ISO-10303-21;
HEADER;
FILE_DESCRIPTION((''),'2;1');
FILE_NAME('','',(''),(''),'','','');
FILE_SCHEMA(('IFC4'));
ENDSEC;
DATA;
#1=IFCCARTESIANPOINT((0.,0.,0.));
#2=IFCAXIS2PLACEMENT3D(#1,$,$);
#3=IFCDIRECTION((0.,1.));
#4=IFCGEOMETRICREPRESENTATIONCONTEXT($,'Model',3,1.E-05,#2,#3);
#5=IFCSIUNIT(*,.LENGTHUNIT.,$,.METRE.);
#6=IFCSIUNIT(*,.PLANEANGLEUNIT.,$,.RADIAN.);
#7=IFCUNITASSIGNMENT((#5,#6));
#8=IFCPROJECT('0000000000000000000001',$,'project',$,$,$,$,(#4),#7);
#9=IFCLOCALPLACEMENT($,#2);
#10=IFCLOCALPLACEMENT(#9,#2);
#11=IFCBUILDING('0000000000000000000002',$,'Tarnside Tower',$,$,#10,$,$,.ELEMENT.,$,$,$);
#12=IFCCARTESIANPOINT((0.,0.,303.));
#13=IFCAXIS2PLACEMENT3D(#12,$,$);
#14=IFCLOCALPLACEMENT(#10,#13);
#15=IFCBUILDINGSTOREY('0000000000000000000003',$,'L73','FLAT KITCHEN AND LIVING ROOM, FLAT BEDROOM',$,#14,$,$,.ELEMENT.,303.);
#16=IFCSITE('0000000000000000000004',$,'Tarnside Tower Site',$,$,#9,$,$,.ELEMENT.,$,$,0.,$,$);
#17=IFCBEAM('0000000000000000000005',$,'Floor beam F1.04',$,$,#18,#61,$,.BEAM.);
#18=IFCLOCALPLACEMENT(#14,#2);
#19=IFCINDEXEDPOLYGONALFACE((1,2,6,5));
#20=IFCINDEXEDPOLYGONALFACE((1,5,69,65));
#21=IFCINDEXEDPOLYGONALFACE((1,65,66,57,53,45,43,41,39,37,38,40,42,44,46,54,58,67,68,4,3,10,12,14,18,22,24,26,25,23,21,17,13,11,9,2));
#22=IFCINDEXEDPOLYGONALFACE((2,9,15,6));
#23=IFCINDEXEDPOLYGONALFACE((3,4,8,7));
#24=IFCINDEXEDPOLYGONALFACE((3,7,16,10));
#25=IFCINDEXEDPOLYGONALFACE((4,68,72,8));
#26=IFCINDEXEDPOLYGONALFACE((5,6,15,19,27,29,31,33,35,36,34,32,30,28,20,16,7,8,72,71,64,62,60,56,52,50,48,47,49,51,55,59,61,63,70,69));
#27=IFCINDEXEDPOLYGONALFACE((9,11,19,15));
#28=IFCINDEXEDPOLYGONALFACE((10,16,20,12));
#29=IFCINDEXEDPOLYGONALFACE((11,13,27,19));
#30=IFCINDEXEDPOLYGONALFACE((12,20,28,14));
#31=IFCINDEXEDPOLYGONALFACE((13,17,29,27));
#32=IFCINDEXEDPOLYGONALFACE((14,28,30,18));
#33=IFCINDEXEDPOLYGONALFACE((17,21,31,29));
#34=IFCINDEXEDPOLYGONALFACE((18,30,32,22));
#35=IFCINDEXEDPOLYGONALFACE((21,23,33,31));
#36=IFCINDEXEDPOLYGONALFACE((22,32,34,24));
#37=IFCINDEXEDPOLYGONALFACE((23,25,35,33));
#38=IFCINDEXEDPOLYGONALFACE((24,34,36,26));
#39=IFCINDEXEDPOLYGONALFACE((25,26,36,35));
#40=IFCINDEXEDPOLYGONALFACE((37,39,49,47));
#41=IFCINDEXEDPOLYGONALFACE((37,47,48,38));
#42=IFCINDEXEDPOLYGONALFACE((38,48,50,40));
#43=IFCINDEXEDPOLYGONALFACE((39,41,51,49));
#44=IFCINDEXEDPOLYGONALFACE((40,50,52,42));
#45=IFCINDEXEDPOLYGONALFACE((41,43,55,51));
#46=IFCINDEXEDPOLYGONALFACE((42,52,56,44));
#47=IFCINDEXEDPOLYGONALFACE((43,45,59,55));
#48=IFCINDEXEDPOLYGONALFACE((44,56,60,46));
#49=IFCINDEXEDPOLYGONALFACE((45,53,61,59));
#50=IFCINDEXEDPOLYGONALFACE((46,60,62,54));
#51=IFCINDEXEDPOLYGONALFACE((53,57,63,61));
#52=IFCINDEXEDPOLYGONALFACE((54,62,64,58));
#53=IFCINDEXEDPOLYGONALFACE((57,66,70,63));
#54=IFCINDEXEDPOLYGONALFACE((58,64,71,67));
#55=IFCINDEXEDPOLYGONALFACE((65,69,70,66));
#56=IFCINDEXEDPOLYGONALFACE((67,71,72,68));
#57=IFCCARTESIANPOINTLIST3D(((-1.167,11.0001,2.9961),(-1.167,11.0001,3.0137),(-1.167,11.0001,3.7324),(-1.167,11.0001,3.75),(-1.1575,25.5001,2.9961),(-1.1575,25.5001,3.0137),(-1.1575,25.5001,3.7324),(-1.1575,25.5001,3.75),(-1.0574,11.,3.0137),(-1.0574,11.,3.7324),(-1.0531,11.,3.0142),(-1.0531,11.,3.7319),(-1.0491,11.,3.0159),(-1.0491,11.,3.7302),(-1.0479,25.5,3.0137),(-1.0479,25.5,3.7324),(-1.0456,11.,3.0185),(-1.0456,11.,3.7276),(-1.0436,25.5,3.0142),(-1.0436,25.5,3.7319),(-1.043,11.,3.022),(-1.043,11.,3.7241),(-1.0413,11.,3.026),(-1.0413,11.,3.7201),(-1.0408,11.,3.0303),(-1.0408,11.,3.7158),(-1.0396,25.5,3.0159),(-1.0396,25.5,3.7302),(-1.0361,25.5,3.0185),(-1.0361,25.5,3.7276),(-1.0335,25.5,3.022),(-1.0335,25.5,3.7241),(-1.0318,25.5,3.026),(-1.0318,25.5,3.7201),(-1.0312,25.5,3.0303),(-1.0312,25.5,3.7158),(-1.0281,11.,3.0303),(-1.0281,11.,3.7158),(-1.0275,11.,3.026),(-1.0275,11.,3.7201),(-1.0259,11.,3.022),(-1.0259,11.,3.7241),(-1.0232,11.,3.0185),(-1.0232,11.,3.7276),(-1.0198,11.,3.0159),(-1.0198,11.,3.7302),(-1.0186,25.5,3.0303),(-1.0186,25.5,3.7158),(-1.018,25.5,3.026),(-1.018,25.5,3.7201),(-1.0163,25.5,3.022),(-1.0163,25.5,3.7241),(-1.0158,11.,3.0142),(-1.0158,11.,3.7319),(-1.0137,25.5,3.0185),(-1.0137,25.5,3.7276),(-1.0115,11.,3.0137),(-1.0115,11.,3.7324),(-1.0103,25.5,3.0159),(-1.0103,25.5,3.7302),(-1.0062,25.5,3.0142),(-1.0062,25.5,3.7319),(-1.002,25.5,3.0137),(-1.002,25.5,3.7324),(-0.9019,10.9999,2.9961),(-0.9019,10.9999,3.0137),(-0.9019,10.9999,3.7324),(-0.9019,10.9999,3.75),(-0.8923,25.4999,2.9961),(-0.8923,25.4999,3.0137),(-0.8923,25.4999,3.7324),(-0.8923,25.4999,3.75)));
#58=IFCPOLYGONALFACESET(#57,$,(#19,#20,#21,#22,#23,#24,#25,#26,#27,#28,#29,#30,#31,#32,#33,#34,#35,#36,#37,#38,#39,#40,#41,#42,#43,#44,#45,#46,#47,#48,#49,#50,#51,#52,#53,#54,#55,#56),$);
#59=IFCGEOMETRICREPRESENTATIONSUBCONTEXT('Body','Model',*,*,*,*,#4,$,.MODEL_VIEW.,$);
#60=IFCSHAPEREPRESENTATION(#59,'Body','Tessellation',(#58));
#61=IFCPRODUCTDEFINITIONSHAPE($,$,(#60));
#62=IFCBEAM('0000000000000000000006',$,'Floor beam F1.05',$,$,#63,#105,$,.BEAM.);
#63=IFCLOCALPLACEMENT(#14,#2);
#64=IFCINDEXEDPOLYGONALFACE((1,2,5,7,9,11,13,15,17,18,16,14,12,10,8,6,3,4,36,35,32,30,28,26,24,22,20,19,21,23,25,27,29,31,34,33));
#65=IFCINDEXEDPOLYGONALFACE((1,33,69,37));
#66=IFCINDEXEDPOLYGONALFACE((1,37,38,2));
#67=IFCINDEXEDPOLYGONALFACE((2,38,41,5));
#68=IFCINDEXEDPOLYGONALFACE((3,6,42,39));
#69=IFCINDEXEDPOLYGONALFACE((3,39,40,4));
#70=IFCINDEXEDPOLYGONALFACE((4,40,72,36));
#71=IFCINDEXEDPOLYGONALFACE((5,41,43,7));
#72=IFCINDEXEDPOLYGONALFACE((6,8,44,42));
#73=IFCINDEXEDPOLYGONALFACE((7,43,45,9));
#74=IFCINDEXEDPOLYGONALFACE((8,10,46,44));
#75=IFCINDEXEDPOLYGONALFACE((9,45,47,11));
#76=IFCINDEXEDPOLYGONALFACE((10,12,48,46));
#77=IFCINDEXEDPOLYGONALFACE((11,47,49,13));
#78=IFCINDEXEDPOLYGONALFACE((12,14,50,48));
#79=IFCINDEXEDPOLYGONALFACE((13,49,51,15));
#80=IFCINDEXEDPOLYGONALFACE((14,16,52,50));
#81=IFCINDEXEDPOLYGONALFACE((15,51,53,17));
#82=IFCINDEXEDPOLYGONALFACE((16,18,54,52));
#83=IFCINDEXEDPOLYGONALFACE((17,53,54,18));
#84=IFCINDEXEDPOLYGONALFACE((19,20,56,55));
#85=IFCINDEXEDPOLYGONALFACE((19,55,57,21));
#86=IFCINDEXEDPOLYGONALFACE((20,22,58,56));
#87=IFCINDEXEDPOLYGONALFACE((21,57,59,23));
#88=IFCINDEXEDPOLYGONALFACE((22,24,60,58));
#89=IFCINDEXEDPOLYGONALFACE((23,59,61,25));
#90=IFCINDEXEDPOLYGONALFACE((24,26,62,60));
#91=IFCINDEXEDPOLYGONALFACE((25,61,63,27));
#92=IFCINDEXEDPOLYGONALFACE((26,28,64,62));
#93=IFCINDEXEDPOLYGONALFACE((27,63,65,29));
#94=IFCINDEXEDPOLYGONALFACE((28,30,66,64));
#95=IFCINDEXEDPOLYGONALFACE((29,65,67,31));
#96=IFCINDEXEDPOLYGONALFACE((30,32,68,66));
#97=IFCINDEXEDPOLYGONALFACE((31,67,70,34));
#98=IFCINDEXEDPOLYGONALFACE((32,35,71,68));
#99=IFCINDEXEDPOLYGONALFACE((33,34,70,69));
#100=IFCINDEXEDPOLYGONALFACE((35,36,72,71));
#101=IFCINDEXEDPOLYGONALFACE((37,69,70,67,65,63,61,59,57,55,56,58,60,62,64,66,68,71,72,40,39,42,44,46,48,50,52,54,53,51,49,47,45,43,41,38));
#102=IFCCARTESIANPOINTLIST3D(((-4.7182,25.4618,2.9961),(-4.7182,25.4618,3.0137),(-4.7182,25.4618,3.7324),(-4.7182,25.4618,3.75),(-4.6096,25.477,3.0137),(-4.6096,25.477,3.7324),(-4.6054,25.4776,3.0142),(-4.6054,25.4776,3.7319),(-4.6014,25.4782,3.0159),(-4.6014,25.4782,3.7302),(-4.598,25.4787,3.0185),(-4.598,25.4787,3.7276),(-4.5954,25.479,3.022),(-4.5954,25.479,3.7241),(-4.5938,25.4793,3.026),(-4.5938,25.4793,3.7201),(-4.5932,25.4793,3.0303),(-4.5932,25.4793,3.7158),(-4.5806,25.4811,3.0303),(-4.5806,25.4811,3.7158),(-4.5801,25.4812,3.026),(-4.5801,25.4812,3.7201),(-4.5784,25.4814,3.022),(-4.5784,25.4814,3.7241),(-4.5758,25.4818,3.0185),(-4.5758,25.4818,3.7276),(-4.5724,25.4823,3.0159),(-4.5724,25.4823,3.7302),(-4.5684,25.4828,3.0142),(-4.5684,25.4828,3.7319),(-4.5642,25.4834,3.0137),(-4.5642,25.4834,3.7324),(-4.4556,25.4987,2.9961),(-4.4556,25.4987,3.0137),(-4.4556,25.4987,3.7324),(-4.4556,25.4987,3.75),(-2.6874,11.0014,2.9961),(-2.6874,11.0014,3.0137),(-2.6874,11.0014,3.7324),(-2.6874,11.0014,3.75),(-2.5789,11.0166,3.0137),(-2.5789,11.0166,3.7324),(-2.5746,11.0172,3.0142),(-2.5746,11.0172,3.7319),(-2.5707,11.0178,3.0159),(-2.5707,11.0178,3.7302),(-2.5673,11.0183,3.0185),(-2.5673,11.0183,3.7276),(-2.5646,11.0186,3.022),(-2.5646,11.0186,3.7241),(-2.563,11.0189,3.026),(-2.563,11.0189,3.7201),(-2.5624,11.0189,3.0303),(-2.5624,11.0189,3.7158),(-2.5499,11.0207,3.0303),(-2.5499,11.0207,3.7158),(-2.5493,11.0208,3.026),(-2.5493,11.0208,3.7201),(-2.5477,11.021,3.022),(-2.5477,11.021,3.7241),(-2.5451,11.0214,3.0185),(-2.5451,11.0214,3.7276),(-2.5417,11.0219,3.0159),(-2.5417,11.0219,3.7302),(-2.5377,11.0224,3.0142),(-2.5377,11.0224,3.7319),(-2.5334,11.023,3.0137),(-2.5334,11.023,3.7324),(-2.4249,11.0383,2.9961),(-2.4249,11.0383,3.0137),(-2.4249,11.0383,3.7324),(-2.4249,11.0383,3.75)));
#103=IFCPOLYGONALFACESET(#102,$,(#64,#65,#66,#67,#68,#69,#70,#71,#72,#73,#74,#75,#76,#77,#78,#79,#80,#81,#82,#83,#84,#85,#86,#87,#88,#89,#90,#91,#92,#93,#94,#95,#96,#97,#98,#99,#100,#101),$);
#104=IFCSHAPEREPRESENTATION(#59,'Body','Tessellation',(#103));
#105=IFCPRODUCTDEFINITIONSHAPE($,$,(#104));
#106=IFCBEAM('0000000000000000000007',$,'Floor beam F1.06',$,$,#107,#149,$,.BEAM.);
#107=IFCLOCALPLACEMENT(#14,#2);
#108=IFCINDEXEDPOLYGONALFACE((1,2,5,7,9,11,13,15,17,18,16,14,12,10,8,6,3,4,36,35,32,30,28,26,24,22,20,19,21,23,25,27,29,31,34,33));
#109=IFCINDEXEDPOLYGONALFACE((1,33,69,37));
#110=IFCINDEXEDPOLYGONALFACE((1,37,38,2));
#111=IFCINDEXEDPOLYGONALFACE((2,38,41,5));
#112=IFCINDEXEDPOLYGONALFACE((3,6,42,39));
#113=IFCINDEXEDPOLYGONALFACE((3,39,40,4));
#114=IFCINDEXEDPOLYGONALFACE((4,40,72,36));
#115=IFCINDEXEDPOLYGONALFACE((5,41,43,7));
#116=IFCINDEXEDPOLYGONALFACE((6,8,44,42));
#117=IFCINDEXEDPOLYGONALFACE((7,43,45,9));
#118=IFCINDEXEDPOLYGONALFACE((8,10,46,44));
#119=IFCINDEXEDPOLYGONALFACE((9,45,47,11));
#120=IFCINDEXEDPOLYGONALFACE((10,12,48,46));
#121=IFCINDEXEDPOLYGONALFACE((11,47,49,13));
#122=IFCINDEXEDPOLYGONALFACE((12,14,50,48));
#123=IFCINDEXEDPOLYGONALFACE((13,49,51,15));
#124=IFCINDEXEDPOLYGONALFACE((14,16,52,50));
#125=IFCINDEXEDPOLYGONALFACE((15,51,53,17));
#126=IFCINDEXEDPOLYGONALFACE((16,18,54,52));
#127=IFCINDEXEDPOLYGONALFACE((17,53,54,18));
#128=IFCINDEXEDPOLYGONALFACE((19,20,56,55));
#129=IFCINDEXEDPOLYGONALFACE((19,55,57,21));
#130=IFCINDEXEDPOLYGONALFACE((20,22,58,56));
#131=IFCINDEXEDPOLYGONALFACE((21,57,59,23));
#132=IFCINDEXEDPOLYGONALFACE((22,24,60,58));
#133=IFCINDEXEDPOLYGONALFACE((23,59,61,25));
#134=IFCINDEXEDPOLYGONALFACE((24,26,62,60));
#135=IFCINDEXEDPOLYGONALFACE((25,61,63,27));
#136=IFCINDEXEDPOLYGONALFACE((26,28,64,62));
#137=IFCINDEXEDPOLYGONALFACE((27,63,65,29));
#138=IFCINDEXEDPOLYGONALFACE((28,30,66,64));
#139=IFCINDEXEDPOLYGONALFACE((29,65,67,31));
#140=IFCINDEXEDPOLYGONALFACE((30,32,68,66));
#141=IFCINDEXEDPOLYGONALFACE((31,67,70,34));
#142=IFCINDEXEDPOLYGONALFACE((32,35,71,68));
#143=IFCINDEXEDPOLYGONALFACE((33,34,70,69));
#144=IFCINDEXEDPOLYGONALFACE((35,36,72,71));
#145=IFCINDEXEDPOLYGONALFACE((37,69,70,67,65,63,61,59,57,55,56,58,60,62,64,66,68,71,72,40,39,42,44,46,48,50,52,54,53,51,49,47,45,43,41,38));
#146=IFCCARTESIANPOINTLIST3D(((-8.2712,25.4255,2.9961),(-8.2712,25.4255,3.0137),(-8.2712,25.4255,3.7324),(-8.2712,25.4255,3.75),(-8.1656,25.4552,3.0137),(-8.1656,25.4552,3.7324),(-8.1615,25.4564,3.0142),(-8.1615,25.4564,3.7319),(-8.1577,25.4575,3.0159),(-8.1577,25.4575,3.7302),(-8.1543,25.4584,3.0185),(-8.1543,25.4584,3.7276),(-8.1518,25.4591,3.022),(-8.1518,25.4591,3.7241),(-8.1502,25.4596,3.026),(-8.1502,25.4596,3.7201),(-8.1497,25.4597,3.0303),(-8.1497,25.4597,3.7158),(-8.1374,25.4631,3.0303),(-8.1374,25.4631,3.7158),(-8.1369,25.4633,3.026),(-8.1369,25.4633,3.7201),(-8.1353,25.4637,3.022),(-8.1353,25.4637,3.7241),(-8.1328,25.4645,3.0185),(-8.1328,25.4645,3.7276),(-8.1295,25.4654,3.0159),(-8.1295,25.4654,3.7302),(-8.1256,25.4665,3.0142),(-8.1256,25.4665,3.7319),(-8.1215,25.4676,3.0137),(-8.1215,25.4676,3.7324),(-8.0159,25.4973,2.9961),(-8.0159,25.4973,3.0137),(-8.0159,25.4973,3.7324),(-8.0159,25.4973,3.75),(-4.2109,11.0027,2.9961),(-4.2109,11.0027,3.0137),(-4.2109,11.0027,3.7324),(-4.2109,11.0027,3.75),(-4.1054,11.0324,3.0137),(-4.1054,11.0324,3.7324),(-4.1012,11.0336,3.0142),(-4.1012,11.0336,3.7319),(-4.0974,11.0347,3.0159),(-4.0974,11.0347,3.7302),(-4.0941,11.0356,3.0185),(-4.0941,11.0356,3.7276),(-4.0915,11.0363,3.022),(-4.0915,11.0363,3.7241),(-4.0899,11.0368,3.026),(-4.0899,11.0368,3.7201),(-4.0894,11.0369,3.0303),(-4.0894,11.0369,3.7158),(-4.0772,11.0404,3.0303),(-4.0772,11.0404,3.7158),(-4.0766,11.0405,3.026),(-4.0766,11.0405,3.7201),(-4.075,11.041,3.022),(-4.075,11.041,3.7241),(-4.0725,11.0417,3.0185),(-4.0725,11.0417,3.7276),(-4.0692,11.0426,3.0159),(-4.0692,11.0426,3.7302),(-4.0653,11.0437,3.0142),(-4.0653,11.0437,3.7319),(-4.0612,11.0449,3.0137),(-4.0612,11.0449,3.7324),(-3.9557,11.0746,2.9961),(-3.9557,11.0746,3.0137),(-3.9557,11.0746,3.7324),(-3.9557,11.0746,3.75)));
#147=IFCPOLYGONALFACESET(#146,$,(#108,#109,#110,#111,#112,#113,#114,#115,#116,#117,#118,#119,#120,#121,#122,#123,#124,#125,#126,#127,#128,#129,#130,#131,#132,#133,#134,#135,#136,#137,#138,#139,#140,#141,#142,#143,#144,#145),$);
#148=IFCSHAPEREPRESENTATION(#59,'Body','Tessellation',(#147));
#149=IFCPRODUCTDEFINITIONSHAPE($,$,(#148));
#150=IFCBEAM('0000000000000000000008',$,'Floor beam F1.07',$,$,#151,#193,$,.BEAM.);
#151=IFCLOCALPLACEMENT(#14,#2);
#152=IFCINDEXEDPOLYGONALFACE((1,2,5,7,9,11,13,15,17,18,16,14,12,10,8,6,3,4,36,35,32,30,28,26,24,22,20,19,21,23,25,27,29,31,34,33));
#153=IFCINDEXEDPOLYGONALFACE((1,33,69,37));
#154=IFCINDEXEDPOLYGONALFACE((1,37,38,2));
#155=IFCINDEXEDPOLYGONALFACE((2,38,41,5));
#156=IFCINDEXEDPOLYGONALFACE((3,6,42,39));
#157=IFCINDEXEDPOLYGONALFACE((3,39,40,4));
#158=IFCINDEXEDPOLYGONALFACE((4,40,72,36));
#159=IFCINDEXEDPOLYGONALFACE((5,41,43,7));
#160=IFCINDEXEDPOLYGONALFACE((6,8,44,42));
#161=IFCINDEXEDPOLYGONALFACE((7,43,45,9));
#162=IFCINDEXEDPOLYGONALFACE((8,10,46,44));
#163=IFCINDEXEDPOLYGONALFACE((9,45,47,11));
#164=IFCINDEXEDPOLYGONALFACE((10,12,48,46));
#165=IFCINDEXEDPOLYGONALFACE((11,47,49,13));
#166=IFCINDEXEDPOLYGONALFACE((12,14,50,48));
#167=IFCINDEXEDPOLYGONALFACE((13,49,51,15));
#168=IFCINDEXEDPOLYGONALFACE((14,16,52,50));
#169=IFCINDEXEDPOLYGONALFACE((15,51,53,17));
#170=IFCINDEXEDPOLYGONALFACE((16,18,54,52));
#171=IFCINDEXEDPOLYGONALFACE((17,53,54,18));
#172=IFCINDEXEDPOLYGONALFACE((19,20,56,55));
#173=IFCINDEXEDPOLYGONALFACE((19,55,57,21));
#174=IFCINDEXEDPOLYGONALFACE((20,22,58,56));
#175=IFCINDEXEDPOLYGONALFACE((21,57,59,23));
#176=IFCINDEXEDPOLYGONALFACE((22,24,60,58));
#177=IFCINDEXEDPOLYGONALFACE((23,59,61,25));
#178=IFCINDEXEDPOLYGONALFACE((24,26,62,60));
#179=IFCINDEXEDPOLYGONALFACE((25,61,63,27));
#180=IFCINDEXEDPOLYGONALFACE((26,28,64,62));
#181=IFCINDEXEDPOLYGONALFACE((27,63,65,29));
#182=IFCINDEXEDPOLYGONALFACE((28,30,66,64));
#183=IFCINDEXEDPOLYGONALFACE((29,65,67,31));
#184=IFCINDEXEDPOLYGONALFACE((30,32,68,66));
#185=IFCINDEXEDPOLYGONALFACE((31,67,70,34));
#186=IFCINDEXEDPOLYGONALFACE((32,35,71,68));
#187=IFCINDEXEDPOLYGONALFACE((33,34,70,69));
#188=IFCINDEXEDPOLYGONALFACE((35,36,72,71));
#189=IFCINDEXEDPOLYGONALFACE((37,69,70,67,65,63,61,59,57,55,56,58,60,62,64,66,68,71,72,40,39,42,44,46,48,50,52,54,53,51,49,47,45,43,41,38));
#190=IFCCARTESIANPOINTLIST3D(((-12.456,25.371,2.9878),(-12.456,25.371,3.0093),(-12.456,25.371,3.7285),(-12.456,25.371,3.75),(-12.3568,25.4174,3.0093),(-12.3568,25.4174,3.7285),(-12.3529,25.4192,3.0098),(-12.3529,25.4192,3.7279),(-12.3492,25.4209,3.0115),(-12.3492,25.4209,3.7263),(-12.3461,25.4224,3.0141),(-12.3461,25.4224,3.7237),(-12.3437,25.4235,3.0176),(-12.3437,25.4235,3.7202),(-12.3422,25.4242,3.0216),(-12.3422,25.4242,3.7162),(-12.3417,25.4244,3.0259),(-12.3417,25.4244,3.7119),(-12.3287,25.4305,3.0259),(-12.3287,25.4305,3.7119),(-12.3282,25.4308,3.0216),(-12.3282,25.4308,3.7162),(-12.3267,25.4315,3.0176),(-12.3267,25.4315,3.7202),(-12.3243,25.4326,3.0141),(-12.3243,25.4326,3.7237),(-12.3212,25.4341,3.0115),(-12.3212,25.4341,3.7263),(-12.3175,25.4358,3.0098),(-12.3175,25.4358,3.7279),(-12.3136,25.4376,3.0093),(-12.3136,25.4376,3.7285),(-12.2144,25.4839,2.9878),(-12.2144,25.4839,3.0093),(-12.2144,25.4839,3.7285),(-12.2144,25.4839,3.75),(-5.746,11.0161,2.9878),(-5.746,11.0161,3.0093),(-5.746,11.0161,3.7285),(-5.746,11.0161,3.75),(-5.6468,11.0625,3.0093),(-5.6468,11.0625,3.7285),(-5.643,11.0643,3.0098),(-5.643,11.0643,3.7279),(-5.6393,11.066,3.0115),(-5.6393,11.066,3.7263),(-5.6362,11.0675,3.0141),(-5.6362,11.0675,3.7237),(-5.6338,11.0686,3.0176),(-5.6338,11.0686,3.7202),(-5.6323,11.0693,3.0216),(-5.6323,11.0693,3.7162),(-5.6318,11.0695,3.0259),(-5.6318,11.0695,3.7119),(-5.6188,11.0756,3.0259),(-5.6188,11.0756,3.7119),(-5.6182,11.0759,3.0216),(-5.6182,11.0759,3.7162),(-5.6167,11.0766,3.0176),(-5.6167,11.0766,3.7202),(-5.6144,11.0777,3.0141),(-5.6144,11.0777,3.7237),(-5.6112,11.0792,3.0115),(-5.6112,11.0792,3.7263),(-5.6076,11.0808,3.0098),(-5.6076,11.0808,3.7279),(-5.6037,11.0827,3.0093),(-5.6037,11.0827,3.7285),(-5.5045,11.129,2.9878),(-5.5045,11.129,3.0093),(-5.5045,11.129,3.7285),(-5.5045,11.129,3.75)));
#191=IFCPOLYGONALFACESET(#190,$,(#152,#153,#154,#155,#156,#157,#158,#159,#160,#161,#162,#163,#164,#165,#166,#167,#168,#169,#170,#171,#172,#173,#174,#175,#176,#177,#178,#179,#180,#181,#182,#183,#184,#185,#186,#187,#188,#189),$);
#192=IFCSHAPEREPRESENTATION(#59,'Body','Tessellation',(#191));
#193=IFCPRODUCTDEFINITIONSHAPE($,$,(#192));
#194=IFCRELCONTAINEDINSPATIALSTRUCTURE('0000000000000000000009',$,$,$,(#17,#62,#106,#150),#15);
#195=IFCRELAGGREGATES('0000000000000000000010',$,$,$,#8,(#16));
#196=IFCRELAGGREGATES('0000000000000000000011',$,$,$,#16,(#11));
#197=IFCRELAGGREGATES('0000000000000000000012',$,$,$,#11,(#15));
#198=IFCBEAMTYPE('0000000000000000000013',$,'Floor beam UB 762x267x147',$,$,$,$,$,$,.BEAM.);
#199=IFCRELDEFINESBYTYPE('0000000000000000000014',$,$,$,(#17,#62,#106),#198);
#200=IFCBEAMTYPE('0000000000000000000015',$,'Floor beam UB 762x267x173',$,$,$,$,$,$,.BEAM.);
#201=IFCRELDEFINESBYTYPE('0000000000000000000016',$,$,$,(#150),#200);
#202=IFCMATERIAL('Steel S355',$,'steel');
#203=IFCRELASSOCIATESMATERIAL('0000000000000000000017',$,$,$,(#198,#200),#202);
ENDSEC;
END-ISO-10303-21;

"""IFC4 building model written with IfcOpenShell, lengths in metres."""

from ifc_helpers import new_model, si_unit, direction, frame, origin, origin_2d, place, context, subcontext, project, spatial, i_section, extrude, material, material_profile, profile_set, type_object, element, save


model = new_model("IFC4")

# Units and contexts
model_context = context("Model", 3, precision=1e-05, world=origin(), true_north=direction((0.0, 1.0)))
body_context = subcontext(model_context, "Body", "Model", "MODEL_VIEW")
ifc_project = project(units=[si_unit("LENGTHUNIT", "METRE"), si_unit("PLANEANGLEUNIT", "RADIAN")], contexts=[model_context])

# Site, building, storey
site_placement = place(None, origin())
site = spatial("IfcSite", under=ifc_project, at=site_placement, Name="Tarnside Tower Site", CompositionType="ELEMENT", RefElevation=0.0)
building_placement = place(site_placement, origin())
building = spatial("IfcBuilding", under=site, at=building_placement, Name="Tarnside Tower", CompositionType="ELEMENT")
storey_placement = place(building_placement, frame((0.0, 0.0, 303.0)))
storey = spatial("IfcBuildingStorey", under=building, at=storey_placement, Name="L73", Description="FLAT KITCHEN AND LIVING ROOM, FLAT BEDROOM", CompositionType="ELEMENT", Elevation=303.0)

# Beams
ifc_material_1 = material(Name="Steel S355", Category="steel")
ifc_material_profile_1 = material_profile(ifc_material_1, i_section(OverallWidth=0.2651, OverallDepth=0.7539, WebThickness=0.0127, FlangeThickness=0.0176, FilletRadius=0.0166, at=origin_2d()), Name="UB 762x267x147")
ifc_profile_set_1 = profile_set([ifc_material_profile_1], Name="Steel S355")
beam_type_1 = type_object("IfcBeamType", Name="Floor beam UB 762x267x147", PredefinedType="BEAM", material=ifc_profile_set_1)
beam_1_placement = place(storey_placement, frame((-1.0249, 25.5, 3.373), z_axis=(-0.000657, -1.0, 0.0), x_axis=(1.0, -0.000657, 0.0)))
element("IfcBeam", 1, at=beam_1_placement, inside=storey, type_object=beam_type_1, Name="Floor beam F1.04", PredefinedType="BEAM", context=body_context, shape_type="SweptSolid", body=[
    extrude(i_section(OverallWidth=0.2651, OverallDepth=0.7539, WebThickness=0.0127, FlangeThickness=0.0176, FilletRadius=0.0166, at=origin_2d()), origin(), (0.0, 0.0, 1.0), 14.5),
])
beam_2_placement = place(storey_placement, frame((-4.5869, 25.4802, 3.373), z_axis=(0.139071, -0.990282, 0.0), x_axis=(0.990282, 0.139071, 0.0)))
element("IfcBeam", 2, at=beam_2_placement, inside=storey, type_object=beam_type_1, Name="Floor beam F1.05", PredefinedType="BEAM", context=body_context, shape_type="SweptSolid", body=[
    extrude(i_section(OverallWidth=0.2651, OverallDepth=0.7539, WebThickness=0.0127, FlangeThickness=0.0176, FilletRadius=0.0166, at=origin_2d()), origin(), (0.0, 0.0, 1.0), 14.6023),
])
beam_3_placement = place(storey_placement, frame((-8.1436, 25.4614, 3.373), z_axis=(0.270985, -0.962583, 0.0), x_axis=(0.962583, 0.270985, 0.0)))
element("IfcBeam", 3, at=beam_3_placement, inside=storey, type_object=beam_type_1, Name="Floor beam F1.06", PredefinedType="BEAM", context=body_context, shape_type="SweptSolid", body=[
    extrude(i_section(OverallWidth=0.2651, OverallDepth=0.7539, WebThickness=0.0127, FlangeThickness=0.0176, FilletRadius=0.0166, at=origin_2d()), origin(), (0.0, 0.0, 1.0), 14.9834),
])
ifc_material_profile_2 = material_profile(ifc_material_1, i_section(OverallWidth=0.2666, OverallDepth=0.7622, WebThickness=0.0144, FlangeThickness=0.0215, FilletRadius=0.0166, at=origin_2d()), Name="UB 762x267x173")
ifc_profile_set_2 = profile_set([ifc_material_profile_2], Name="Steel S355")
beam_type_2 = type_object("IfcBeamType", Name="Floor beam UB 762x267x173", PredefinedType="BEAM", material=ifc_profile_set_2)
beam_4_placement = place(storey_placement, frame((-12.3352, 25.4275, 3.3689), z_axis=(0.423454, -0.905918, 0.0), x_axis=(0.905918, 0.423454, 0.0)))
element("IfcBeam", 4, at=beam_4_placement, inside=storey, type_object=beam_type_2, Name="Floor beam F1.07", PredefinedType="BEAM", context=body_context, shape_type="SweptSolid", body=[
    extrude(i_section(OverallWidth=0.2666, OverallDepth=0.7622, WebThickness=0.0144, FlangeThickness=0.0215, FilletRadius=0.0166, at=origin_2d()), origin(), (0.0, 0.0, 1.0), 15.8457),
])

save(model, "model.ifc")
